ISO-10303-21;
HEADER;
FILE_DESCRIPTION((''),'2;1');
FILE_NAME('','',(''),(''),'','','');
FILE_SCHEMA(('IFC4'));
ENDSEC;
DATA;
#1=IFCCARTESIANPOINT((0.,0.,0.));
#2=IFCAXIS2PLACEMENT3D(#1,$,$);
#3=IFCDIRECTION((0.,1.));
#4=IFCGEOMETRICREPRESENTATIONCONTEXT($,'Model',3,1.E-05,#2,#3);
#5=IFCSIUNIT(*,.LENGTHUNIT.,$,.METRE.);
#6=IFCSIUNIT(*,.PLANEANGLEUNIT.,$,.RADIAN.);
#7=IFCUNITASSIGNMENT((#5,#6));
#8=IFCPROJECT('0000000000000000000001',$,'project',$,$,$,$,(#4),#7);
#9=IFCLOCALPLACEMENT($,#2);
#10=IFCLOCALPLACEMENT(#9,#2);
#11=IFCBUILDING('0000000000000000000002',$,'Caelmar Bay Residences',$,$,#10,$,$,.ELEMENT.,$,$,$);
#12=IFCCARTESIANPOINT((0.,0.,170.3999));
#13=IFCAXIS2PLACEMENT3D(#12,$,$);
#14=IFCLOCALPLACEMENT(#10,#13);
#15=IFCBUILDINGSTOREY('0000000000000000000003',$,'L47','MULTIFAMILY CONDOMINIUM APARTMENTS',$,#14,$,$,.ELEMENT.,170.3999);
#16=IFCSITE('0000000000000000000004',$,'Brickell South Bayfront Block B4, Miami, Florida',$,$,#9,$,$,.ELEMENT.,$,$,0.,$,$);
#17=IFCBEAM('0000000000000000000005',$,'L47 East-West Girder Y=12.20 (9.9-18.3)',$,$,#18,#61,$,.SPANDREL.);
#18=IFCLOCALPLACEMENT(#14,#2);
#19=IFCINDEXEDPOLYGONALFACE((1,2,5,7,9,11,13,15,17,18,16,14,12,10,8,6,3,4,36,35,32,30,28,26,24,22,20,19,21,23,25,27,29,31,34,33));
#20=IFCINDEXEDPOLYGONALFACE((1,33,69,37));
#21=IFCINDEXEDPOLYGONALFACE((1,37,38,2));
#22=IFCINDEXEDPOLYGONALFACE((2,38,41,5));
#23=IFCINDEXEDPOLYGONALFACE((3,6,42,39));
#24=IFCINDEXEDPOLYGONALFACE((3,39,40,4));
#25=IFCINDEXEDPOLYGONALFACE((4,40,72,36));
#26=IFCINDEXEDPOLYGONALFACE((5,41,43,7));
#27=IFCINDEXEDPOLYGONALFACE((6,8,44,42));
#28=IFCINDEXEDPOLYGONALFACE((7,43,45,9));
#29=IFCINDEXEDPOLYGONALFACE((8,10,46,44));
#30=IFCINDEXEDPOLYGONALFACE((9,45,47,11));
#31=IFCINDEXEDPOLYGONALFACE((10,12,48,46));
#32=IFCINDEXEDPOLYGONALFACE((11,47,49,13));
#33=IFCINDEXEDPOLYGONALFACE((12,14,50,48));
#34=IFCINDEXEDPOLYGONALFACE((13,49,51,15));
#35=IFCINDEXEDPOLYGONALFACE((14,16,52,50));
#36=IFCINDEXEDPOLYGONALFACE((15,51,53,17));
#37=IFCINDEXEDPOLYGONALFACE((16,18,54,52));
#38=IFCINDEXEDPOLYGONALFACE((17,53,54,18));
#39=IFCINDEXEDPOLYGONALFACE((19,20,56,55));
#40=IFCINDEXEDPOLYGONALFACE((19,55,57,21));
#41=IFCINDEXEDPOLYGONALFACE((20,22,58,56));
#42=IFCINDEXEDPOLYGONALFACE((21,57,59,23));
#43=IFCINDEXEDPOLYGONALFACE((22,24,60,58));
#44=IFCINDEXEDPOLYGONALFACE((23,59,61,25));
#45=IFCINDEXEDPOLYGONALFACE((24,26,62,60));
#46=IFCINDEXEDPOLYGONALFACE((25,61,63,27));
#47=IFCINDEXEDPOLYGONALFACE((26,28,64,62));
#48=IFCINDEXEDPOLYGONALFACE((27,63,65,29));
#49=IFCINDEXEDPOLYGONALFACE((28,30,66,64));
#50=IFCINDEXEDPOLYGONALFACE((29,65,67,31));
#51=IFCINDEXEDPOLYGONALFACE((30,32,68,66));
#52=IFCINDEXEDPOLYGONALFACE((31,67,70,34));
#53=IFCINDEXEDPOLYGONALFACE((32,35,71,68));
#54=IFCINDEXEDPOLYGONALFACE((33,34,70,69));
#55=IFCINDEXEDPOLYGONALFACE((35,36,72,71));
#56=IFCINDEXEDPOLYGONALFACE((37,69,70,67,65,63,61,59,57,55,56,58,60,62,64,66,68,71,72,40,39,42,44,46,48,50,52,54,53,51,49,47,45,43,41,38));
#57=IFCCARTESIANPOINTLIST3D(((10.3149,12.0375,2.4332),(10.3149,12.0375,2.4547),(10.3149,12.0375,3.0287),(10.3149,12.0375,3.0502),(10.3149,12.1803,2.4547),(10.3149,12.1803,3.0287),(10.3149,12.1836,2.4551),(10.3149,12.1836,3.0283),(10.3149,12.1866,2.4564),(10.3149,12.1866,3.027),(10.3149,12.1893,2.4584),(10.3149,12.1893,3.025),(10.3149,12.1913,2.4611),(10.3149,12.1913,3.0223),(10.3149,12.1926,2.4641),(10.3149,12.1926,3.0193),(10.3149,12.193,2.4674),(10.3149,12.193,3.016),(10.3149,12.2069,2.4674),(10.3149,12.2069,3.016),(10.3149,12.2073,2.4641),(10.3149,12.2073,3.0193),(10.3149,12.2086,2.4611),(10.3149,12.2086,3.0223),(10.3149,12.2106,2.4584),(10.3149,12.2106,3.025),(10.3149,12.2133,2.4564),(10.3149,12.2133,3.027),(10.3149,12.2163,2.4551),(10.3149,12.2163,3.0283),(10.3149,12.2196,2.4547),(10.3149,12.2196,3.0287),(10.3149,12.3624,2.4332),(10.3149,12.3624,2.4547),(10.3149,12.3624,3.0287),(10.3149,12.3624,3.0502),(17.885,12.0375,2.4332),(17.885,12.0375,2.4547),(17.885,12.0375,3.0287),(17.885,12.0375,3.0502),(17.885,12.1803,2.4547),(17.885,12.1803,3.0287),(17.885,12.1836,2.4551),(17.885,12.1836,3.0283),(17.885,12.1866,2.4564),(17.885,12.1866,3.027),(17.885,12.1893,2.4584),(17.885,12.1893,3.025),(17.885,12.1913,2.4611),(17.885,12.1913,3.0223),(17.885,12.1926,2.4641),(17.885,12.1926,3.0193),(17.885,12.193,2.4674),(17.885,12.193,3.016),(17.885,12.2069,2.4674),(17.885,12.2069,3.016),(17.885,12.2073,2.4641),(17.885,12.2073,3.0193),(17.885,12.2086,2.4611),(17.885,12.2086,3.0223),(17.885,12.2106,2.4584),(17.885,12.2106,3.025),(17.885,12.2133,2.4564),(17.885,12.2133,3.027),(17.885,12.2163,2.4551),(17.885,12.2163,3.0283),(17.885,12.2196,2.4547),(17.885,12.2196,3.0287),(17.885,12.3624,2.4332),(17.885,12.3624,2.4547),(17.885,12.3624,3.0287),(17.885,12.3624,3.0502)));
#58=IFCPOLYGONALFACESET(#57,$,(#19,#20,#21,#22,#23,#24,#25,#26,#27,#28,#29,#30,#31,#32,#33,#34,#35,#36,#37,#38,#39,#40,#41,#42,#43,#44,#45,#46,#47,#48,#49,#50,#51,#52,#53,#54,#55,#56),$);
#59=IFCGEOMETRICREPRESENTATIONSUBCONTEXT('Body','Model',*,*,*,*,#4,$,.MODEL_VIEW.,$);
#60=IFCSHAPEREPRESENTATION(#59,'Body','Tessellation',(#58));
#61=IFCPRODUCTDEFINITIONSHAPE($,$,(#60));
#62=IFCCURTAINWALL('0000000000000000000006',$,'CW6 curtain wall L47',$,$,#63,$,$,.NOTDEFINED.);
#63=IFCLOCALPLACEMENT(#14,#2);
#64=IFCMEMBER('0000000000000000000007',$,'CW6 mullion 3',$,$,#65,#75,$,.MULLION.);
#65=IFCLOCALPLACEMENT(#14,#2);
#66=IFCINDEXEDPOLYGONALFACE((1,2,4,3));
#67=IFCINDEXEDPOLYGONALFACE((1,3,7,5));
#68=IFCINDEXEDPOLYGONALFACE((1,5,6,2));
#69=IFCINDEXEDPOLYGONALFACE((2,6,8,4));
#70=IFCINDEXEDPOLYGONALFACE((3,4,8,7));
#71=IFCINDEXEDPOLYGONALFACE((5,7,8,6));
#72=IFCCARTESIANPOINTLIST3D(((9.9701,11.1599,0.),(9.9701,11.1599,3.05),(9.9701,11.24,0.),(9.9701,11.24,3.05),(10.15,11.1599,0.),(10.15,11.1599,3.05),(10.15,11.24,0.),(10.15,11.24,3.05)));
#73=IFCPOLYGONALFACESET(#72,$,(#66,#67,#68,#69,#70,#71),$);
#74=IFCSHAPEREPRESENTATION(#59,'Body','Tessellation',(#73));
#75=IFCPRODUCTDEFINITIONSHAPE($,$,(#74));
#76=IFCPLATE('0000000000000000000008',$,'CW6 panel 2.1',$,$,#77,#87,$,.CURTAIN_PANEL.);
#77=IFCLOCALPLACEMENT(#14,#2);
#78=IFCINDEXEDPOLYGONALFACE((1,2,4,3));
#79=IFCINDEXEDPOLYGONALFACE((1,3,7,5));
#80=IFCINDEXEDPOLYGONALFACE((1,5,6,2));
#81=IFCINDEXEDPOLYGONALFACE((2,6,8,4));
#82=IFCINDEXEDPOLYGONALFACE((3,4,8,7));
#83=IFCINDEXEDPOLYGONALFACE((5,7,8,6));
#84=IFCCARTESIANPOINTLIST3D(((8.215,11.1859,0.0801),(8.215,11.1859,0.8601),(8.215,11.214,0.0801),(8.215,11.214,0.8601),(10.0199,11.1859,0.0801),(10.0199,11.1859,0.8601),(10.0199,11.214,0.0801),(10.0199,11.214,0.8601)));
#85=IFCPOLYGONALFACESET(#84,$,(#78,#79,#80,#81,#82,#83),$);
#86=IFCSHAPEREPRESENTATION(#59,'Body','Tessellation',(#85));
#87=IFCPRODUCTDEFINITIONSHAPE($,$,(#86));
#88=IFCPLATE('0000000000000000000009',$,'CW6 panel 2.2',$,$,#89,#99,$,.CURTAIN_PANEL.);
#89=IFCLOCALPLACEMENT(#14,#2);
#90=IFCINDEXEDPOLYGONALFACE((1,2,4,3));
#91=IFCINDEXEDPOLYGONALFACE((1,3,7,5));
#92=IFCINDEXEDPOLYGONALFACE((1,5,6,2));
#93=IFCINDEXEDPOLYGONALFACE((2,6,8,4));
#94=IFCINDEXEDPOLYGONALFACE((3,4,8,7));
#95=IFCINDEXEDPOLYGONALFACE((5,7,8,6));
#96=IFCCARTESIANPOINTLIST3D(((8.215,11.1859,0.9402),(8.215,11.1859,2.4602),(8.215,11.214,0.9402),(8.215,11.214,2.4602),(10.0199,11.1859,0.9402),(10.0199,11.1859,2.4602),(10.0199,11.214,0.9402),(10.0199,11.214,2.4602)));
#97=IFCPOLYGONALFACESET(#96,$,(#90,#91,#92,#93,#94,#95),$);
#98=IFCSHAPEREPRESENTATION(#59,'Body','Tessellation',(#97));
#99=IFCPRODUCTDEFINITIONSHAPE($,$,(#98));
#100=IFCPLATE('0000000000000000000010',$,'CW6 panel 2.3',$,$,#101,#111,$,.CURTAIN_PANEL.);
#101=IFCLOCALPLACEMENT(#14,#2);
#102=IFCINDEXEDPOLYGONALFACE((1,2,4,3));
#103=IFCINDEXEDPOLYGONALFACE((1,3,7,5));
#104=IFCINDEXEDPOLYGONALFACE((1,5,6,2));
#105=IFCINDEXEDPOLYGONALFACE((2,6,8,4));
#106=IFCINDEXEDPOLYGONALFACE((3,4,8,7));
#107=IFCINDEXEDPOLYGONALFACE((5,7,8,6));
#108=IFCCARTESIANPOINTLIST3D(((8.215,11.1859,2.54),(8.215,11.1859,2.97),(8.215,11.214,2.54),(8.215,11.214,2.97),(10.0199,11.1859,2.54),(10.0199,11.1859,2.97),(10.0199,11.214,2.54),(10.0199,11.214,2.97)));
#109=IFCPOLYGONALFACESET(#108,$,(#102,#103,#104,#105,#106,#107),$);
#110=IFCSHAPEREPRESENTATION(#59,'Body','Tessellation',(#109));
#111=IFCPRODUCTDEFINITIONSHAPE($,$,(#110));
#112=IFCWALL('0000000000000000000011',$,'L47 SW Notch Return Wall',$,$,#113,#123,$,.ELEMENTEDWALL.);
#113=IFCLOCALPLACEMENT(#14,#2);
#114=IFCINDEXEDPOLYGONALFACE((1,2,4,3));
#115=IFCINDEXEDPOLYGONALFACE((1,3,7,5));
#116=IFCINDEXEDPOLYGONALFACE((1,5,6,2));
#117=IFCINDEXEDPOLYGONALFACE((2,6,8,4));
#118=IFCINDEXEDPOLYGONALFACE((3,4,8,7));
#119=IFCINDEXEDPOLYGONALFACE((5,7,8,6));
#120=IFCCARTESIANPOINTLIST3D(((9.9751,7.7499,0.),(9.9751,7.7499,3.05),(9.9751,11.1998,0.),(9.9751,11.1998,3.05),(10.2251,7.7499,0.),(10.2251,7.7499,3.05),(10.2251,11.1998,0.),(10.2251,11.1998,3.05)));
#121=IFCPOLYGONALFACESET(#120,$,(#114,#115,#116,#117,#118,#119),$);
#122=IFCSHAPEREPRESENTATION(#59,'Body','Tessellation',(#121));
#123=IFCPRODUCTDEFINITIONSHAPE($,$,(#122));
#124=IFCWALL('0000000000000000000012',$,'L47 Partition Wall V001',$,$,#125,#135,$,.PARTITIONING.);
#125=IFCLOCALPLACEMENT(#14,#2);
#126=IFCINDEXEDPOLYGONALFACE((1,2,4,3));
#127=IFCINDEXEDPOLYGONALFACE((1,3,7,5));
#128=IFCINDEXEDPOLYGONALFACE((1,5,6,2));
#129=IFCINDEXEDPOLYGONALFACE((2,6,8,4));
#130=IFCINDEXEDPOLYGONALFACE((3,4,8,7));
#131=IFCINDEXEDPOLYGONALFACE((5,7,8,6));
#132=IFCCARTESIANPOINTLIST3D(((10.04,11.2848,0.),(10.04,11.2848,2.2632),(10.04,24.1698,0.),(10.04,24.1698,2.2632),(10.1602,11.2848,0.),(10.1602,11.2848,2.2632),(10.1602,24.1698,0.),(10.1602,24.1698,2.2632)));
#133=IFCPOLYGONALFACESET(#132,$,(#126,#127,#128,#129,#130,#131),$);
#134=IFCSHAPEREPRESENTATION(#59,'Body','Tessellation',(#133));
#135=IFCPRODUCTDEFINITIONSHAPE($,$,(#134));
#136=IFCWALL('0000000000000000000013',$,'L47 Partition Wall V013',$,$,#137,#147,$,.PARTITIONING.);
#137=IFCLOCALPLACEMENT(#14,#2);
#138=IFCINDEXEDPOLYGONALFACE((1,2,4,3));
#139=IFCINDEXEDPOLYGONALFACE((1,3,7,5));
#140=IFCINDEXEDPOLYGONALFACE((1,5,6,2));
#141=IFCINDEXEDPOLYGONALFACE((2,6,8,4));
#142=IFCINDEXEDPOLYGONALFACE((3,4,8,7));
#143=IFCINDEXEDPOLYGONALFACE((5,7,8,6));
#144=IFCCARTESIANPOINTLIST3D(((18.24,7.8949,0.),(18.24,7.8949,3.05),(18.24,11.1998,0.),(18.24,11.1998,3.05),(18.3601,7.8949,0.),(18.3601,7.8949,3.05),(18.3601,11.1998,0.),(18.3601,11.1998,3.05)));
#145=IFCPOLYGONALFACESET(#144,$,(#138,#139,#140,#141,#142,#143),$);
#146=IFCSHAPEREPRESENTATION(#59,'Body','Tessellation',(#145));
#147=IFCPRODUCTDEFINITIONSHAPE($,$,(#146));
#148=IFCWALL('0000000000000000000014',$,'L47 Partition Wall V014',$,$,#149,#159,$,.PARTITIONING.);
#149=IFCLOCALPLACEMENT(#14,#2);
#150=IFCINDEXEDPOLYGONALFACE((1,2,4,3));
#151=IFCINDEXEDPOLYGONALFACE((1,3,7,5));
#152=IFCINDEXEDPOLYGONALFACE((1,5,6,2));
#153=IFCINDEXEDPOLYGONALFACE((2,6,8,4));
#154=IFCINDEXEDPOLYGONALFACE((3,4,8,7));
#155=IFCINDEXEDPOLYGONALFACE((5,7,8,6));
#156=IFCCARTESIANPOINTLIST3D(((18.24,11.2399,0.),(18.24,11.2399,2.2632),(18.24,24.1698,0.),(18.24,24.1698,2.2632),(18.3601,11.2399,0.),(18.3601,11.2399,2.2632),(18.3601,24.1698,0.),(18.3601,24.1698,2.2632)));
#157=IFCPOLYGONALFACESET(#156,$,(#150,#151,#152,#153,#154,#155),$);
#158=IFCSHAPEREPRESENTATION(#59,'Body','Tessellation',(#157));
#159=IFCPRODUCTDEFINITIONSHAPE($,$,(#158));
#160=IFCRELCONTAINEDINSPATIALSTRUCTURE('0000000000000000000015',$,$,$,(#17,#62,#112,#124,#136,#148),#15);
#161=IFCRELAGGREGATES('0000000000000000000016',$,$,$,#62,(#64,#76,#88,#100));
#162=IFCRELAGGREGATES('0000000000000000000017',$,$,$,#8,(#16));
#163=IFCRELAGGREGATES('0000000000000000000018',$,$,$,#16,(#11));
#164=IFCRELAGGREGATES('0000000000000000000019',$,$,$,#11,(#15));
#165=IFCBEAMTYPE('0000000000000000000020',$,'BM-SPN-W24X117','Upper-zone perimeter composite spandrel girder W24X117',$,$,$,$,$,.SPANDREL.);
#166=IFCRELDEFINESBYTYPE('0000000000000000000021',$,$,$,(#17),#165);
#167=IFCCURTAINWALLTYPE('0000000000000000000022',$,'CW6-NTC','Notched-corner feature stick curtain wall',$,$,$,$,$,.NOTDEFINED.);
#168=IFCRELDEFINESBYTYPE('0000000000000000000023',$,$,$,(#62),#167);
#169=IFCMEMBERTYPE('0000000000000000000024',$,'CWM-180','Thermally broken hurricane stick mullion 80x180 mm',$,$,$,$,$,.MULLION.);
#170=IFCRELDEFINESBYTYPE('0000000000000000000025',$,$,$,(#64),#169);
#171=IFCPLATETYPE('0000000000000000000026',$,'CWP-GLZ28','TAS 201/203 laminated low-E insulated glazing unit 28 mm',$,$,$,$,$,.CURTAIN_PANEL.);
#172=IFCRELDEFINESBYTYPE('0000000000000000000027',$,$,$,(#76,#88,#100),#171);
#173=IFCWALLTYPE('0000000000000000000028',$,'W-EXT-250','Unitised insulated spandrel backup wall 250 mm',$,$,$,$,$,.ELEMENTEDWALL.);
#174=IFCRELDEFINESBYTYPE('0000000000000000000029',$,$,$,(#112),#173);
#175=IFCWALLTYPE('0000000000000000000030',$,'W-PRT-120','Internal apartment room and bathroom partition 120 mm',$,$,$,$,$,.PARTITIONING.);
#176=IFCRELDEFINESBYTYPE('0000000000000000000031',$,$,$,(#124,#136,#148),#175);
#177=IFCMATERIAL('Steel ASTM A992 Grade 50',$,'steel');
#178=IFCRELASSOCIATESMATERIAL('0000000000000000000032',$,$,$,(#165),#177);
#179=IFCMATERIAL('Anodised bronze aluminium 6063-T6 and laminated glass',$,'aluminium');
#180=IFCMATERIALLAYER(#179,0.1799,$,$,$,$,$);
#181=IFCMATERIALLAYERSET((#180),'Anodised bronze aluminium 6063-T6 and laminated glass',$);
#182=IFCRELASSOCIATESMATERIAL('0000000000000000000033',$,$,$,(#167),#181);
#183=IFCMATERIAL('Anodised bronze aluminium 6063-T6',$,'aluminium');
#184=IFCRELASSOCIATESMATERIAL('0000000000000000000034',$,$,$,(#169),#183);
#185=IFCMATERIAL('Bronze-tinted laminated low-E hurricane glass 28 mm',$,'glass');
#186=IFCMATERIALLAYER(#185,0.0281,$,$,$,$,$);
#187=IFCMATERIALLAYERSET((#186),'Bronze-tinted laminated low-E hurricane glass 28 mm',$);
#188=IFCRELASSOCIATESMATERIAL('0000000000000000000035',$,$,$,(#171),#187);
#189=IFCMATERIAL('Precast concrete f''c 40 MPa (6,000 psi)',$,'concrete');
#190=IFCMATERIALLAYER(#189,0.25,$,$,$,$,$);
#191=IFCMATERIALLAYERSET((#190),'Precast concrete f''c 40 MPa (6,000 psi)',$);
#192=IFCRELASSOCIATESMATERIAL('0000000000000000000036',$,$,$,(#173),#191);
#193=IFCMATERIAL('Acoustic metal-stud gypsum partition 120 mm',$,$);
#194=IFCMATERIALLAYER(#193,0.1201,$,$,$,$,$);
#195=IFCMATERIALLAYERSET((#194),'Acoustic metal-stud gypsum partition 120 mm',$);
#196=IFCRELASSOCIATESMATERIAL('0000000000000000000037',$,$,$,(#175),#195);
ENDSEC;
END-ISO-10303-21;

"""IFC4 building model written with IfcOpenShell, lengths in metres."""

from ifc_helpers import new_model, si_unit, direction, frame, frame_2d, origin, origin_2d, place, context, subcontext, project, spatial, rectangle, i_section, extrude, material, layer, layer_set, material_profile, profile_set, type_object, element, aggregate, save


model = new_model("IFC4")

# Units and contexts
model_context = context("Model", 3, precision=1e-05, world=origin(), true_north=direction((0.0, 1.0)))
body_context = subcontext(model_context, "Body", "Model", "MODEL_VIEW")
ifc_project = project(units=[si_unit("LENGTHUNIT", "METRE"), si_unit("PLANEANGLEUNIT", "RADIAN")], contexts=[model_context])

# Site, building, storey
site_placement = place(None, origin())
site = spatial("IfcSite", under=ifc_project, at=site_placement, Name="Brickell South Bayfront Block B4, Miami, Florida", CompositionType="ELEMENT", RefElevation=0.0)
building_placement = place(site_placement, origin())
building = spatial("IfcBuilding", under=site, at=building_placement, Name="Caelmar Bay Residences", CompositionType="ELEMENT")
storey_placement = place(building_placement, frame((0.0, 0.0, 170.3999)))
storey = spatial("IfcBuildingStorey", under=building, at=storey_placement, Name="L47", Description="MULTIFAMILY CONDOMINIUM APARTMENTS", CompositionType="ELEMENT", Elevation=170.3999)

# Beam
ifc_material_1 = material(Name="Steel ASTM A992 Grade 50", Category="steel")
ifc_material_profile_1 = material_profile(ifc_material_1, i_section(OverallWidth=0.325, OverallDepth=0.6169, WebThickness=0.0139, FlangeThickness=0.0215, FilletRadius=0.0127, at=origin_2d()), Name="W24X117")
ifc_profile_set_1 = profile_set([ifc_material_profile_1], Name="Steel ASTM A992 Grade 50")
beam_type_1 = type_object("IfcBeamType", Name="BM-SPN-W24X117", Description="Upper-zone perimeter composite spandrel girder W24X117", PredefinedType="SPANDREL", material=ifc_profile_set_1)
beam_1_placement = place(storey_placement, frame((10.3149, 12.2, 2.7417), z_axis=(1.0, 0.0, 0.0), x_axis=(0.0, 1.0, 0.0)))
element("IfcBeam", 1, at=beam_1_placement, inside=storey, type_object=beam_type_1, Name="L47 East-West Girder Y=12.20 (9.9-18.3)", PredefinedType="SPANDREL", context=body_context, shape_type="SweptSolid", body=[
    extrude(i_section(OverallWidth=0.325, OverallDepth=0.6169, WebThickness=0.0139, FlangeThickness=0.0215, FilletRadius=0.0127, at=origin_2d()), origin(), (0.0, 0.0, 1.0), 7.5701),
])

# Curtain wall, member, plates
ifc_material_2 = material(Name="Anodised bronze aluminium 6063-T6 and laminated glass", Category="aluminium")
ifc_layer_1 = layer(ifc_material_2, 0.1799)
ifc_layer_set_1 = layer_set([ifc_layer_1], Name="Anodised bronze aluminium 6063-T6 and laminated glass")
curtain_wall_type = type_object("IfcCurtainWallType", Name="CW6-NTC", Description="Notched-corner feature stick curtain wall", PredefinedType="NOTDEFINED", material=ifc_layer_set_1)
curtain_wall_placement = place(storey_placement, origin())
curtain_wall = element("IfcCurtainWall", 2, at=curtain_wall_placement, inside=storey, type_object=curtain_wall_type, Name="CW6 curtain wall L47", PredefinedType="NOTDEFINED")
ifc_material_3 = material(Name="Anodised bronze aluminium 6063-T6", Category="aluminium")
ifc_material_profile_2 = material_profile(ifc_material_3, rectangle(XDim=0.0801, YDim=0.1799, at=origin_2d()), Name="CWM-80X180")
ifc_profile_set_2 = profile_set([ifc_material_profile_2], Name="Anodised bronze aluminium 6063-T6")
member_type = type_object("IfcMemberType", Name="CWM-180", Description="Thermally broken hurricane stick mullion 80x180 mm", PredefinedType="MULLION", material=ifc_profile_set_2)
member_placement = place(storey_placement, frame((10.0601, 11.2, 0.0), z_axis=(0.0, 0.0, 1.0), x_axis=(0.0, 1.0, 0.0)))
member = element("IfcMember", 3, at=member_placement, type_object=member_type, Name="CW6 mullion 3", PredefinedType="MULLION", context=body_context, shape_type="SweptSolid", body=[
    extrude(rectangle(XDim=0.0801, YDim=0.1799, at=origin_2d()), origin(), (0.0, 0.0, 1.0), 3.05),
])
ifc_material_4 = material(Name="Bronze-tinted laminated low-E hurricane glass 28 mm", Category="glass")
ifc_layer_2 = layer(ifc_material_4, 0.0281)
ifc_layer_set_2 = layer_set([ifc_layer_2], Name="Bronze-tinted laminated low-E hurricane glass 28 mm")
plate_type = type_object("IfcPlateType", Name="CWP-GLZ28", Description="TAS 201/203 laminated low-E insulated glazing unit 28 mm", PredefinedType="CURTAIN_PANEL", material=ifc_layer_set_2)
plate_1_placement = place(storey_placement, frame((9.1174, 11.2, 0.0801), z_axis=(0.0, 0.0, 1.0), x_axis=(1.0, 0.0, 0.0)))
plate_1 = element("IfcPlate", 4, at=plate_1_placement, type_object=plate_type, Name="CW6 panel 2.1", PredefinedType="CURTAIN_PANEL", context=body_context, shape_type="SweptSolid", body=[
    extrude(rectangle(XDim=1.8049, YDim=0.0281, at=origin_2d()), origin(), (0.0, 0.0, 1.0), 0.78),
])
plate_2_placement = place(storey_placement, frame((9.1174, 11.2, 0.9402), z_axis=(0.0, 0.0, 1.0), x_axis=(1.0, 0.0, 0.0)))
plate_2 = element("IfcPlate", 5, at=plate_2_placement, type_object=plate_type, Name="CW6 panel 2.2", PredefinedType="CURTAIN_PANEL", context=body_context, shape_type="SweptSolid", body=[
    extrude(rectangle(XDim=1.8049, YDim=0.0281, at=origin_2d()), origin(), (0.0, 0.0, 1.0), 1.52),
])
plate_3_placement = place(storey_placement, frame((9.1174, 11.2, 2.54), z_axis=(0.0, 0.0, 1.0), x_axis=(1.0, 0.0, 0.0)))
plate_3 = element("IfcPlate", 6, at=plate_3_placement, type_object=plate_type, Name="CW6 panel 2.3", PredefinedType="CURTAIN_PANEL", context=body_context, shape_type="SweptSolid", body=[
    extrude(rectangle(XDim=1.8049, YDim=0.0281, at=origin_2d()), origin(), (0.0, 0.0, 1.0), 0.4299),
])
aggregate(curtain_wall, [member, plate_1, plate_2, plate_3])

# Walls
ifc_material_5 = material(Name="Precast concrete f'c 40 MPa (6,000 psi)", Category="concrete")
ifc_layer_3 = layer(ifc_material_5, 0.25)
ifc_layer_set_3 = layer_set([ifc_layer_3], Name="Precast concrete f'c 40 MPa (6,000 psi)")
wall_type_1 = type_object("IfcWallType", Name="W-EXT-250", Description="Unitised insulated spandrel backup wall 250 mm", PredefinedType="ELEMENTEDWALL", material=ifc_layer_set_3)
wall_1_placement = place(storey_placement, frame((10.1001, 11.2, 0.0), z_axis=(0.0, 0.0, 1.0), x_axis=(0.0, -1.0, 0.0)))
element("IfcWall", 7, at=wall_1_placement, inside=storey, type_object=wall_type_1, Name="L47 SW Notch Return Wall", PredefinedType="ELEMENTEDWALL", context=body_context, shape_type="SweptSolid", body=[
    extrude(rectangle(XDim=3.45, YDim=0.25, at=frame_2d((1.7251, 0.0))), origin(), (0.0, 0.0, 1.0), 3.05),
])
ifc_material_6 = material(Name="Acoustic metal-stud gypsum partition 120 mm")
ifc_layer_4 = layer(ifc_material_6, 0.1201)
ifc_layer_set_4 = layer_set([ifc_layer_4], Name="Acoustic metal-stud gypsum partition 120 mm")
wall_type_2 = type_object("IfcWallType", Name="W-PRT-120", Description="Internal apartment room and bathroom partition 120 mm", PredefinedType="PARTITIONING", material=ifc_layer_set_4)
wall_2_placement = place(storey_placement, frame((10.1001, 11.2849, 0.0), z_axis=(0.0, 0.0, 1.0), x_axis=(0.0, 1.0, 0.0)))
element("IfcWall", 8, at=wall_2_placement, inside=storey, type_object=wall_type_2, Name="L47 Partition Wall V001", PredefinedType="PARTITIONING", context=body_context, shape_type="SweptSolid", body=[
    extrude(rectangle(XDim=12.885, YDim=0.1201, at=frame_2d((6.4424, 0.0))), origin(), (0.0, 0.0, 1.0), 2.2632),
])

# Walls
wall_3_placement = place(storey_placement, frame((18.3, 7.895, 0.0), z_axis=(0.0, 0.0, 1.0), x_axis=(0.0, 1.0, 0.0)))
element("IfcWall", 9, at=wall_3_placement, inside=storey, type_object=wall_type_2, Name="L47 Partition Wall V013", PredefinedType="PARTITIONING", context=body_context, shape_type="SweptSolid", body=[
    extrude(rectangle(XDim=3.3049, YDim=0.1201, at=frame_2d((1.6523, 0.0))), origin(), (0.0, 0.0, 1.0), 3.05),
])
wall_4_placement = place(storey_placement, frame((18.3, 11.24, 0.0), z_axis=(0.0, 0.0, 1.0), x_axis=(0.0, 1.0, 0.0)))
element("IfcWall", 10, at=wall_4_placement, inside=storey, type_object=wall_type_2, Name="L47 Partition Wall V014", PredefinedType="PARTITIONING", context=body_context, shape_type="SweptSolid", body=[
    extrude(rectangle(XDim=12.9299, YDim=0.1201, at=frame_2d((6.4648, 0.0))), origin(), (0.0, 0.0, 1.0), 2.2632),
])

save(model, "model.ifc")
